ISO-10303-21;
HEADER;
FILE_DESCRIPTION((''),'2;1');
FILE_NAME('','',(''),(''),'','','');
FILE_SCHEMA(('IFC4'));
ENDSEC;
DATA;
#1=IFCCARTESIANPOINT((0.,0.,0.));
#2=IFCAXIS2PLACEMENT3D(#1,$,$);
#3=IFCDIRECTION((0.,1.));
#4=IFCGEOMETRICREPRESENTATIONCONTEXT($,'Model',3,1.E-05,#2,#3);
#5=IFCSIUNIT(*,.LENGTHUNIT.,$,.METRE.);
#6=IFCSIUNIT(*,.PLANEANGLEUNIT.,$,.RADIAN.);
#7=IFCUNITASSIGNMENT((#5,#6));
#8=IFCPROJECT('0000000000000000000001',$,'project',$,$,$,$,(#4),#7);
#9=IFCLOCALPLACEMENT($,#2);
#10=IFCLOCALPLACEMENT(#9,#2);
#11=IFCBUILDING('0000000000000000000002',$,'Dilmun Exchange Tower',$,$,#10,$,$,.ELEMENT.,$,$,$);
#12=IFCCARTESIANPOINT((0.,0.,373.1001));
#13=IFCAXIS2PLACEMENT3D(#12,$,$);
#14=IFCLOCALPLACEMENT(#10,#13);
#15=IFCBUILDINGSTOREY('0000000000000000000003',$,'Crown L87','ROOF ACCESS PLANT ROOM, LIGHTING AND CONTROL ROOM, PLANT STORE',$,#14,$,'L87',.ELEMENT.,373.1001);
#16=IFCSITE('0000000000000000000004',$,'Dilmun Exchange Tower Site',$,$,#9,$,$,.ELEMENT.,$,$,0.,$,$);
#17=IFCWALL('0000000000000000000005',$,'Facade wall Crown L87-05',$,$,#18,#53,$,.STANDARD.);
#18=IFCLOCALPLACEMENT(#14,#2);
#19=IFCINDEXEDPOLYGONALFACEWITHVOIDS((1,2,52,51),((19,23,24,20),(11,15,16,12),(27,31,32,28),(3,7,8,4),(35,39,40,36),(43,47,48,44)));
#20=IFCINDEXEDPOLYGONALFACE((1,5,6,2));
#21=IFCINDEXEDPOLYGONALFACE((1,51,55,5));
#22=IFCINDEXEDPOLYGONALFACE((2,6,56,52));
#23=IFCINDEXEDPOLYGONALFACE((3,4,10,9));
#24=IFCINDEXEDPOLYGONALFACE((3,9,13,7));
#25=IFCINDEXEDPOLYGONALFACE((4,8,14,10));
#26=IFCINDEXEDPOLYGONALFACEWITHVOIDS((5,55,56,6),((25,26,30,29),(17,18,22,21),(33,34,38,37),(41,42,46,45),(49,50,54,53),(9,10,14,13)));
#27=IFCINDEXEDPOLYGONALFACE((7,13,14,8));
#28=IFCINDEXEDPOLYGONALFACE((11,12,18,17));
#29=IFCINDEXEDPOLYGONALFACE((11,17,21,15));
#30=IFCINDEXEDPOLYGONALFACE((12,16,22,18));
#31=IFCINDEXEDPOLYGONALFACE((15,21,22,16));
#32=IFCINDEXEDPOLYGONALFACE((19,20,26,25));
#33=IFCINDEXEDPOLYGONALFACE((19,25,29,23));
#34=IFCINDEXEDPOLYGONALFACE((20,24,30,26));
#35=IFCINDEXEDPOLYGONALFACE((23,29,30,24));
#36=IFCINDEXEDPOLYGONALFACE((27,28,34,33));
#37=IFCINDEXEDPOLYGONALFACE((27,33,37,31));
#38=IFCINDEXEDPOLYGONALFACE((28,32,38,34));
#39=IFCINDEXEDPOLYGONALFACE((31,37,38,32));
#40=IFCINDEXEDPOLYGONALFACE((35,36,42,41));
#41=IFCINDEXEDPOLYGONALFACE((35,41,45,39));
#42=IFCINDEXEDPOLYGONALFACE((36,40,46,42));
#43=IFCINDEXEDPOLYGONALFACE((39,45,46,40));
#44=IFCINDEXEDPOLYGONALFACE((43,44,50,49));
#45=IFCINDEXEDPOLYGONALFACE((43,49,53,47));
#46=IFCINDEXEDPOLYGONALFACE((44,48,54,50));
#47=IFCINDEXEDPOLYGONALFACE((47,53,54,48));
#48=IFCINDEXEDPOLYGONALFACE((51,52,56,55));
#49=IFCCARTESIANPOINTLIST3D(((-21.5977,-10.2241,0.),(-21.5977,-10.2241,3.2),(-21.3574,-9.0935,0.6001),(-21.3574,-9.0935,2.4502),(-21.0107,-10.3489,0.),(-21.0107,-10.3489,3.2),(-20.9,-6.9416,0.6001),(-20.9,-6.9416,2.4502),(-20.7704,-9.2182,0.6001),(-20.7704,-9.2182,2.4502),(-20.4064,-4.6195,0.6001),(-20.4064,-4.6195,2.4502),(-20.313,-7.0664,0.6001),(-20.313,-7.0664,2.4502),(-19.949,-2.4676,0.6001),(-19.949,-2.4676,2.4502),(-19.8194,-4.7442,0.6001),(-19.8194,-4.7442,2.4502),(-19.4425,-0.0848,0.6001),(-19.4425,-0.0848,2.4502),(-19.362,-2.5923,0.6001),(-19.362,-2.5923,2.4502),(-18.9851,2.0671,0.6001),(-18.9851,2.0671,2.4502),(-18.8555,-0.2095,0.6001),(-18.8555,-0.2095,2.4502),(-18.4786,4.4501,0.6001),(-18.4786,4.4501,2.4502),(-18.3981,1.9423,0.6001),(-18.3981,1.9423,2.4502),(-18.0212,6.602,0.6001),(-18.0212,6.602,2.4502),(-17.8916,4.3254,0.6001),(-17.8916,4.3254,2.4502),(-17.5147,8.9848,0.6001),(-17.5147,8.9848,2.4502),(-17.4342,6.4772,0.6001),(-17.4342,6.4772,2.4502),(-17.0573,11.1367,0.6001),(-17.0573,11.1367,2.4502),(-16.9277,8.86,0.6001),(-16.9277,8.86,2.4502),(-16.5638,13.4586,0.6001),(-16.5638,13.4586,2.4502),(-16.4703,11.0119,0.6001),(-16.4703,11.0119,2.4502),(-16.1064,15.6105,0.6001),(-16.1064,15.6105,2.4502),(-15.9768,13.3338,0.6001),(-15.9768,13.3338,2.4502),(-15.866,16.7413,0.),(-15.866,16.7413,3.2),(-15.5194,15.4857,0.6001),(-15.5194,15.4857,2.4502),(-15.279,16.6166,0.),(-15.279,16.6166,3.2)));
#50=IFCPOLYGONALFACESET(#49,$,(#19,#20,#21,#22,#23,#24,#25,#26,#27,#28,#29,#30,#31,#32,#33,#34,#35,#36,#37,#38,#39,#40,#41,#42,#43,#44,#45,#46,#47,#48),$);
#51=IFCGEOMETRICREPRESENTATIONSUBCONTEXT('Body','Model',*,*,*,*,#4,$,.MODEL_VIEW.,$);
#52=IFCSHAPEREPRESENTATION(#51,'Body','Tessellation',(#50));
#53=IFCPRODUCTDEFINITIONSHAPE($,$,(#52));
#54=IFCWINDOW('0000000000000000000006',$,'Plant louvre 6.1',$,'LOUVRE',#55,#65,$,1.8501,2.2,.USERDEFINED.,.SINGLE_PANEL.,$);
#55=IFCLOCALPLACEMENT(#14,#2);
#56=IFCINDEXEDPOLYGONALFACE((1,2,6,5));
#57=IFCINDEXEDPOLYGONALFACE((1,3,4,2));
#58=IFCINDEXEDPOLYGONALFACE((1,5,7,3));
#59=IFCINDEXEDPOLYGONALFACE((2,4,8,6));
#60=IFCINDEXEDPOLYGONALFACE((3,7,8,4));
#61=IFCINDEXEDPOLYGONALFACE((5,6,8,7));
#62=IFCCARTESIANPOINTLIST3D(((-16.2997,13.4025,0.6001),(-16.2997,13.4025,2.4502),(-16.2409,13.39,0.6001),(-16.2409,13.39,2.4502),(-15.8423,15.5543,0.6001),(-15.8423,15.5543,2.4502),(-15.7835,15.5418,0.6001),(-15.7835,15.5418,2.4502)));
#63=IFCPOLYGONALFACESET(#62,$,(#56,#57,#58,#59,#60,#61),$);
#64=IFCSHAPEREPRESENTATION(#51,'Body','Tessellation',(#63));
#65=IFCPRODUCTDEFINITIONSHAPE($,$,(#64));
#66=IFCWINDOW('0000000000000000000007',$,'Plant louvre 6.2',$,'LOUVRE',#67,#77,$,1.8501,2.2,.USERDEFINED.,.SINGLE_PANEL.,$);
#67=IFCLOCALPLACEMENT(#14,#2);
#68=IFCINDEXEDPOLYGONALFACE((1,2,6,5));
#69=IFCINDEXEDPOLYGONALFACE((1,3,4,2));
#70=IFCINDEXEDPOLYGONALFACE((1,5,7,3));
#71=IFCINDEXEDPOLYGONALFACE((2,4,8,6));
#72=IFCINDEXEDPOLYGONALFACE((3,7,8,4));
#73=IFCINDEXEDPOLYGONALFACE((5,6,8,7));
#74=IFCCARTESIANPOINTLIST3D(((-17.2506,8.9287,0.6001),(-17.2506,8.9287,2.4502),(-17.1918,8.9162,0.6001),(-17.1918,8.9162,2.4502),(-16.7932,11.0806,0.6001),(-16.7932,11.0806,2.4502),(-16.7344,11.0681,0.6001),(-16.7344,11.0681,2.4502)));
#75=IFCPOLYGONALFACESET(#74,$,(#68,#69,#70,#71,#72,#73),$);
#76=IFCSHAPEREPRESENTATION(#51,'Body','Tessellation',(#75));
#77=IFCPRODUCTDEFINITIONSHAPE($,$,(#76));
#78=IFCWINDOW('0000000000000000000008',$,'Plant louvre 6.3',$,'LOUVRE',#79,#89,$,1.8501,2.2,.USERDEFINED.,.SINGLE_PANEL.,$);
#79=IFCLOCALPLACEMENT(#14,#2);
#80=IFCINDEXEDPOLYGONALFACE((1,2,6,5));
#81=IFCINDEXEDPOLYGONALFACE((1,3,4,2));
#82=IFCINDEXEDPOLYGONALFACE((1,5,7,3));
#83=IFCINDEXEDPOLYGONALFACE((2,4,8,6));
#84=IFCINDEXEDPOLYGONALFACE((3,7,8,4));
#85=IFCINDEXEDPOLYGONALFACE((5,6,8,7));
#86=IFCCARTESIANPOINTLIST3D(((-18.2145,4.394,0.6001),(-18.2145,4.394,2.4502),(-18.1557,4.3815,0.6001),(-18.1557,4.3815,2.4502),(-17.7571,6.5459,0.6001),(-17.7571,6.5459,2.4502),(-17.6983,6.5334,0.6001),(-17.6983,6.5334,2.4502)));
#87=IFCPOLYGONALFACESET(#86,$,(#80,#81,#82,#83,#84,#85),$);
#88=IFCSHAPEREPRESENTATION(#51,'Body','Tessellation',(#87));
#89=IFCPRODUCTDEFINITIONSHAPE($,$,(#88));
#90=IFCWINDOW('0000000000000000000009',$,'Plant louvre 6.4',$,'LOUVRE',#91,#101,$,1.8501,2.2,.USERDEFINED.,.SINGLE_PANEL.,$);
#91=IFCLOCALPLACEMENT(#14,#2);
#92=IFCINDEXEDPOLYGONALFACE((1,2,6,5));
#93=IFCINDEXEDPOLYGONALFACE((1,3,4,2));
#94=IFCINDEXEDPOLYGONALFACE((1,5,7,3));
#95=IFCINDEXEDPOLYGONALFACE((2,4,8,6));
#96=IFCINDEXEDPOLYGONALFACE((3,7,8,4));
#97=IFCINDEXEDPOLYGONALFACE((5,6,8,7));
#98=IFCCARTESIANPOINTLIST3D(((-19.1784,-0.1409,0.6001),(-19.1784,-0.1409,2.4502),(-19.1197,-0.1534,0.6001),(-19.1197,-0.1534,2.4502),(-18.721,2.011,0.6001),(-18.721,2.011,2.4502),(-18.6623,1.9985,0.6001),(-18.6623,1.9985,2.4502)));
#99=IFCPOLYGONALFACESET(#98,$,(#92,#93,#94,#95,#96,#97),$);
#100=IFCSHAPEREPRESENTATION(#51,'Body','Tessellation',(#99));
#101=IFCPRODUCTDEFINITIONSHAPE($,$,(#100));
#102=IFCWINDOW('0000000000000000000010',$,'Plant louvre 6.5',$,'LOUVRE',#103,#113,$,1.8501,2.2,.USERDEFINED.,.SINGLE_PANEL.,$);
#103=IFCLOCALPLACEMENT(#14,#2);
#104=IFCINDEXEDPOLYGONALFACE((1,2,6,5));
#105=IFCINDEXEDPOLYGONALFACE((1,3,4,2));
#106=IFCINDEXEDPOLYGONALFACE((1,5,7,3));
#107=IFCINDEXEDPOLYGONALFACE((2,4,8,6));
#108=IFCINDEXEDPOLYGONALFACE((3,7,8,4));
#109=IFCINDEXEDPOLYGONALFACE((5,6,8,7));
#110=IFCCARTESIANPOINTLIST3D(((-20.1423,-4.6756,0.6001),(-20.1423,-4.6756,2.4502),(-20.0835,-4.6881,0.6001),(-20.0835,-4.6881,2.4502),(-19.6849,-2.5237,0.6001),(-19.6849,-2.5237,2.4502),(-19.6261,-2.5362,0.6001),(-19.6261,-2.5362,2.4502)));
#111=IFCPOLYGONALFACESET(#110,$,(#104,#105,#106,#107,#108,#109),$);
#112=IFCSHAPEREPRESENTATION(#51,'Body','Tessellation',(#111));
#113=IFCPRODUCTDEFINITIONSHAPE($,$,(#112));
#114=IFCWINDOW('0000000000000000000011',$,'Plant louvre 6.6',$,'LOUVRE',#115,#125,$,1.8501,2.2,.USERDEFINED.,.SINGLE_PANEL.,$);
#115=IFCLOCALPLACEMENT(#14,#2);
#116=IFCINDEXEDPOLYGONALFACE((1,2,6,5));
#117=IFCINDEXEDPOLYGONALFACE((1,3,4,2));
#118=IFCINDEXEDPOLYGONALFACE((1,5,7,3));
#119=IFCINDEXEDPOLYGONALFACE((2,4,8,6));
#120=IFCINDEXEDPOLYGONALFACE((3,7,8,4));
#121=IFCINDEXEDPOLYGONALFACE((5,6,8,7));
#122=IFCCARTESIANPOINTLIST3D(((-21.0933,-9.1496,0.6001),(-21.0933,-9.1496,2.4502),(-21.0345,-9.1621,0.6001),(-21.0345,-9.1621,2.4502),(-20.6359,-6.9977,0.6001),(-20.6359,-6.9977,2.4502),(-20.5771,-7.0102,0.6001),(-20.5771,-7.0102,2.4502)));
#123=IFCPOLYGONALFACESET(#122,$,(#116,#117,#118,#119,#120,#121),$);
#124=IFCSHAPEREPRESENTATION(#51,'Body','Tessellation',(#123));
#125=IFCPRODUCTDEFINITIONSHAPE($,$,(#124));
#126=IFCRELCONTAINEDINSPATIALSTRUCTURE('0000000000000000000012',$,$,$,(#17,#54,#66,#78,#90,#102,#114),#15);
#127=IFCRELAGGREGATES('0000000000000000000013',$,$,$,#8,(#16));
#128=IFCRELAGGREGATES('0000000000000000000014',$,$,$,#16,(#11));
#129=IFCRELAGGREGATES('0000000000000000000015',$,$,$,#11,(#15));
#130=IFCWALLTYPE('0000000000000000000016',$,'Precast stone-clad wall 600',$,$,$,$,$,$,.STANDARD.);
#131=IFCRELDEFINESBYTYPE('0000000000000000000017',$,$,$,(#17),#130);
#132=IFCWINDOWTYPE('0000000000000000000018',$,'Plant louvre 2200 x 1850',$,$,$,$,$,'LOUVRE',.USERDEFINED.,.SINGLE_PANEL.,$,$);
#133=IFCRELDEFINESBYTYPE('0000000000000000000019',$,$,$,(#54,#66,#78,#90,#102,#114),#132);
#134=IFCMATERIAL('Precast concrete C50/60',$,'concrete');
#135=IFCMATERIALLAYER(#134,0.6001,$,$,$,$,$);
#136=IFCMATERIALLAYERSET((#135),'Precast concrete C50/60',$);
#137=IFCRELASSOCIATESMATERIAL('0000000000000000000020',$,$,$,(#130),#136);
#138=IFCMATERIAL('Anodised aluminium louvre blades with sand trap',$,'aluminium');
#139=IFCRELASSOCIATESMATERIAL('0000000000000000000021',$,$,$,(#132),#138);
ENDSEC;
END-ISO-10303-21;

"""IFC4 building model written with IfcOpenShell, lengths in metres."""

from ifc_helpers import new_model, si_unit, direction, frame, frame_2d, origin, place, context, subcontext, project, spatial, rectangle, extrude, material, layer, layer_set, type_object, element, fill, save


model = new_model("IFC4")

# Units and contexts
model_context = context("Model", 3, precision=1e-05, world=origin(), true_north=direction((0.0, 1.0)))
body_context = subcontext(model_context, "Body", "Model", "MODEL_VIEW")
ifc_project = project(units=[si_unit("LENGTHUNIT", "METRE"), si_unit("PLANEANGLEUNIT", "RADIAN")], contexts=[model_context])

# Site, building, storey
site_placement = place(None, origin())
site = spatial("IfcSite", under=ifc_project, at=site_placement, Name="Dilmun Exchange Tower Site", CompositionType="ELEMENT", RefElevation=0.0)
building_placement = place(site_placement, origin())
building = spatial("IfcBuilding", under=site, at=building_placement, Name="Dilmun Exchange Tower", CompositionType="ELEMENT")
storey_placement = place(building_placement, frame((0.0, 0.0, 373.1001)))
storey = spatial("IfcBuildingStorey", under=building, at=storey_placement, Name="Crown L87", Description="ROOF ACCESS PLANT ROOM, LIGHTING AND CONTROL ROOM, PLANT STORE", LongName="L87", CompositionType="ELEMENT", Elevation=373.1001)

# Wall, openings, windows
ifc_material_1 = material(Name="Precast concrete C50/60", Category="concrete")
ifc_layer_1 = layer(ifc_material_1, 0.6001)
ifc_layer_set_1 = layer_set([ifc_layer_1], Name="Precast concrete C50/60")
wall_type_1 = type_object("IfcWallType", Name="Precast stone-clad wall 600", PredefinedType="STANDARD", material=ifc_layer_set_1)
ifc_material_2 = material(Name="Anodised aluminium louvre blades with sand trap", Category="aluminium")
wall_1_placement = place(storey_placement, frame((-15.5725, 16.679, 0.0), z_axis=(0.0, 0.0, 1.0), x_axis=(-0.207913, -0.978147, 0.0)))
wall_1 = element("IfcWall", 1, at=wall_1_placement, inside=storey, type_object=wall_type_1, Name="Facade wall Crown L87-05", PredefinedType="STANDARD", context=body_context, shape_type="SweptSolid", body=[
    extrude(rectangle(XDim=27.5679, YDim=0.6001, at=frame_2d((13.7839, 0.0))), origin(), (0.0, 0.0, 1.0), 3.2),
])
opening_1_placement = place(wall_1_placement, frame((1.156, 0.0, 0.6001)))
opening_1 = element("IfcOpeningElement", 2, at=opening_1_placement, cuts=wall_1, PredefinedType="OPENING", context=body_context, shape_type="SweptSolid", body=[
    extrude(rectangle(XDim=2.2, YDim=1.8501, at=frame_2d((1.1001, 0.925))), frame((0.0, 0.3101, 0.0), z_axis=(0.0, -1.0, 0.0), x_axis=(1.0, 0.0, 0.0)), (0.0, 0.0, 1.0), 0.6201),
])
opening_2_placement = place(wall_1_placement, frame((5.7297, 0.0, 0.6001)))
opening_2 = element("IfcOpeningElement", 3, at=opening_2_placement, cuts=wall_1, PredefinedType="OPENING", context=body_context, shape_type="SweptSolid", body=[
    extrude(rectangle(XDim=2.2, YDim=1.8501, at=frame_2d((1.1001, 0.925))), frame((0.0, 0.3101, 0.0), z_axis=(0.0, -1.0, 0.0), x_axis=(1.0, 0.0, 0.0)), (0.0, 0.0, 1.0), 0.6201),
])
opening_3_placement = place(wall_1_placement, frame((10.3657, 0.0, 0.6001)))
opening_3 = element("IfcOpeningElement", 4, at=opening_3_placement, cuts=wall_1, PredefinedType="OPENING", context=body_context, shape_type="SweptSolid", body=[
    extrude(rectangle(XDim=2.2, YDim=1.8501, at=frame_2d((1.1001, 0.925))), frame((0.0, 0.3101, 0.0), z_axis=(0.0, -1.0, 0.0), x_axis=(1.0, 0.0, 0.0)), (0.0, 0.0, 1.0), 0.6201),
])
opening_4_placement = place(wall_1_placement, frame((15.002, 0.0, 0.6001)))
opening_4 = element("IfcOpeningElement", 5, at=opening_4_placement, cuts=wall_1, PredefinedType="OPENING", context=body_context, shape_type="SweptSolid", body=[
    extrude(rectangle(XDim=2.2, YDim=1.8501, at=frame_2d((1.1001, 0.925))), frame((0.0, 0.3101, 0.0), z_axis=(0.0, -1.0, 0.0), x_axis=(1.0, 0.0, 0.0)), (0.0, 0.0, 1.0), 0.6201),
])
opening_5_placement = place(wall_1_placement, frame((19.6379, 0.0, 0.6001)))
opening_5 = element("IfcOpeningElement", 6, at=opening_5_placement, cuts=wall_1, PredefinedType="OPENING", context=body_context, shape_type="SweptSolid", body=[
    extrude(rectangle(XDim=2.2, YDim=1.8501, at=frame_2d((1.1001, 0.925))), frame((0.0, 0.3101, 0.0), z_axis=(0.0, -1.0, 0.0), x_axis=(1.0, 0.0, 0.0)), (0.0, 0.0, 1.0), 0.6201),
])
opening_6_placement = place(wall_1_placement, frame((24.2119, 0.0, 0.6001)))
opening_6 = element("IfcOpeningElement", 7, at=opening_6_placement, cuts=wall_1, PredefinedType="OPENING", context=body_context, shape_type="SweptSolid", body=[
    extrude(rectangle(XDim=2.2, YDim=1.8501, at=frame_2d((1.1001, 0.925))), frame((0.0, 0.3101, 0.0), z_axis=(0.0, -1.0, 0.0), x_axis=(1.0, 0.0, 0.0)), (0.0, 0.0, 1.0), 0.6201),
])
window_type_1 = type_object("IfcWindowType", Name="Plant louvre 2200 x 1850", ElementType="LOUVRE", PartitioningType="SINGLE_PANEL", PredefinedType="USERDEFINED", material=ifc_material_2)
window_1_placement = place(opening_1_placement, origin())
window_1 = element("IfcWindow", 8, at=window_1_placement, inside=storey, type_object=window_type_1, Name="Plant louvre 6.1", ObjectType="LOUVRE", OverallHeight=1.8501, OverallWidth=2.2, PartitioningType="SINGLE_PANEL", PredefinedType="USERDEFINED", context=body_context, shape_type="SweptSolid", body=[
    extrude(rectangle(XDim=2.2, YDim=1.8501, at=frame_2d((1.1001, 0.925))), frame((0.0, 0.03, 0.0), z_axis=(0.0, -1.0, 0.0), x_axis=(1.0, 0.0, 0.0)), (0.0, 0.0, 1.0), 0.0601),
])
fill(opening_1, window_1)
window_2_placement = place(opening_2_placement, origin())
window_2 = element("IfcWindow", 9, at=window_2_placement, inside=storey, type_object=window_type_1, Name="Plant louvre 6.2", ObjectType="LOUVRE", OverallHeight=1.8501, OverallWidth=2.2, PartitioningType="SINGLE_PANEL", PredefinedType="USERDEFINED", context=body_context, shape_type="SweptSolid", body=[
    extrude(rectangle(XDim=2.2, YDim=1.8501, at=frame_2d((1.1001, 0.925))), frame((0.0, 0.03, 0.0), z_axis=(0.0, -1.0, 0.0), x_axis=(1.0, 0.0, 0.0)), (0.0, 0.0, 1.0), 0.0601),
])
fill(opening_2, window_2)
window_3_placement = place(opening_3_placement, origin())
window_3 = element("IfcWindow", 10, at=window_3_placement, inside=storey, type_object=window_type_1, Name="Plant louvre 6.3", ObjectType="LOUVRE", OverallHeight=1.8501, OverallWidth=2.2, PartitioningType="SINGLE_PANEL", PredefinedType="USERDEFINED", context=body_context, shape_type="SweptSolid", body=[
    extrude(rectangle(XDim=2.2, YDim=1.8501, at=frame_2d((1.1001, 0.925))), frame((0.0, 0.03, 0.0), z_axis=(0.0, -1.0, 0.0), x_axis=(1.0, 0.0, 0.0)), (0.0, 0.0, 1.0), 0.0601),
])
fill(opening_3, window_3)
window_4_placement = place(opening_4_placement, origin())
window_4 = element("IfcWindow", 11, at=window_4_placement, inside=storey, type_object=window_type_1, Name="Plant louvre 6.4", ObjectType="LOUVRE", OverallHeight=1.8501, OverallWidth=2.2, PartitioningType="SINGLE_PANEL", PredefinedType="USERDEFINED", context=body_context, shape_type="SweptSolid", body=[
    extrude(rectangle(XDim=2.2, YDim=1.8501, at=frame_2d((1.1001, 0.925))), frame((0.0, 0.03, 0.0), z_axis=(0.0, -1.0, 0.0), x_axis=(1.0, 0.0, 0.0)), (0.0, 0.0, 1.0), 0.0601),
])
fill(opening_4, window_4)
window_5_placement = place(opening_5_placement, origin())
window_5 = element("IfcWindow", 12, at=window_5_placement, inside=storey, type_object=window_type_1, Name="Plant louvre 6.5", ObjectType="LOUVRE", OverallHeight=1.8501, OverallWidth=2.2, PartitioningType="SINGLE_PANEL", PredefinedType="USERDEFINED", context=body_context, shape_type="SweptSolid", body=[
    extrude(rectangle(XDim=2.2, YDim=1.8501, at=frame_2d((1.1001, 0.925))), frame((0.0, 0.03, 0.0), z_axis=(0.0, -1.0, 0.0), x_axis=(1.0, 0.0, 0.0)), (0.0, 0.0, 1.0), 0.0601),
])
fill(opening_5, window_5)
window_6_placement = place(opening_6_placement, origin())
window_6 = element("IfcWindow", 13, at=window_6_placement, inside=storey, type_object=window_type_1, Name="Plant louvre 6.6", ObjectType="LOUVRE", OverallHeight=1.8501, OverallWidth=2.2, PartitioningType="SINGLE_PANEL", PredefinedType="USERDEFINED", context=body_context, shape_type="SweptSolid", body=[
    extrude(rectangle(XDim=2.2, YDim=1.8501, at=frame_2d((1.1001, 0.925))), frame((0.0, 0.03, 0.0), z_axis=(0.0, -1.0, 0.0), x_axis=(1.0, 0.0, 0.0)), (0.0, 0.0, 1.0), 0.0601),
])
fill(opening_6, window_6)

save(model, "model.ifc")
